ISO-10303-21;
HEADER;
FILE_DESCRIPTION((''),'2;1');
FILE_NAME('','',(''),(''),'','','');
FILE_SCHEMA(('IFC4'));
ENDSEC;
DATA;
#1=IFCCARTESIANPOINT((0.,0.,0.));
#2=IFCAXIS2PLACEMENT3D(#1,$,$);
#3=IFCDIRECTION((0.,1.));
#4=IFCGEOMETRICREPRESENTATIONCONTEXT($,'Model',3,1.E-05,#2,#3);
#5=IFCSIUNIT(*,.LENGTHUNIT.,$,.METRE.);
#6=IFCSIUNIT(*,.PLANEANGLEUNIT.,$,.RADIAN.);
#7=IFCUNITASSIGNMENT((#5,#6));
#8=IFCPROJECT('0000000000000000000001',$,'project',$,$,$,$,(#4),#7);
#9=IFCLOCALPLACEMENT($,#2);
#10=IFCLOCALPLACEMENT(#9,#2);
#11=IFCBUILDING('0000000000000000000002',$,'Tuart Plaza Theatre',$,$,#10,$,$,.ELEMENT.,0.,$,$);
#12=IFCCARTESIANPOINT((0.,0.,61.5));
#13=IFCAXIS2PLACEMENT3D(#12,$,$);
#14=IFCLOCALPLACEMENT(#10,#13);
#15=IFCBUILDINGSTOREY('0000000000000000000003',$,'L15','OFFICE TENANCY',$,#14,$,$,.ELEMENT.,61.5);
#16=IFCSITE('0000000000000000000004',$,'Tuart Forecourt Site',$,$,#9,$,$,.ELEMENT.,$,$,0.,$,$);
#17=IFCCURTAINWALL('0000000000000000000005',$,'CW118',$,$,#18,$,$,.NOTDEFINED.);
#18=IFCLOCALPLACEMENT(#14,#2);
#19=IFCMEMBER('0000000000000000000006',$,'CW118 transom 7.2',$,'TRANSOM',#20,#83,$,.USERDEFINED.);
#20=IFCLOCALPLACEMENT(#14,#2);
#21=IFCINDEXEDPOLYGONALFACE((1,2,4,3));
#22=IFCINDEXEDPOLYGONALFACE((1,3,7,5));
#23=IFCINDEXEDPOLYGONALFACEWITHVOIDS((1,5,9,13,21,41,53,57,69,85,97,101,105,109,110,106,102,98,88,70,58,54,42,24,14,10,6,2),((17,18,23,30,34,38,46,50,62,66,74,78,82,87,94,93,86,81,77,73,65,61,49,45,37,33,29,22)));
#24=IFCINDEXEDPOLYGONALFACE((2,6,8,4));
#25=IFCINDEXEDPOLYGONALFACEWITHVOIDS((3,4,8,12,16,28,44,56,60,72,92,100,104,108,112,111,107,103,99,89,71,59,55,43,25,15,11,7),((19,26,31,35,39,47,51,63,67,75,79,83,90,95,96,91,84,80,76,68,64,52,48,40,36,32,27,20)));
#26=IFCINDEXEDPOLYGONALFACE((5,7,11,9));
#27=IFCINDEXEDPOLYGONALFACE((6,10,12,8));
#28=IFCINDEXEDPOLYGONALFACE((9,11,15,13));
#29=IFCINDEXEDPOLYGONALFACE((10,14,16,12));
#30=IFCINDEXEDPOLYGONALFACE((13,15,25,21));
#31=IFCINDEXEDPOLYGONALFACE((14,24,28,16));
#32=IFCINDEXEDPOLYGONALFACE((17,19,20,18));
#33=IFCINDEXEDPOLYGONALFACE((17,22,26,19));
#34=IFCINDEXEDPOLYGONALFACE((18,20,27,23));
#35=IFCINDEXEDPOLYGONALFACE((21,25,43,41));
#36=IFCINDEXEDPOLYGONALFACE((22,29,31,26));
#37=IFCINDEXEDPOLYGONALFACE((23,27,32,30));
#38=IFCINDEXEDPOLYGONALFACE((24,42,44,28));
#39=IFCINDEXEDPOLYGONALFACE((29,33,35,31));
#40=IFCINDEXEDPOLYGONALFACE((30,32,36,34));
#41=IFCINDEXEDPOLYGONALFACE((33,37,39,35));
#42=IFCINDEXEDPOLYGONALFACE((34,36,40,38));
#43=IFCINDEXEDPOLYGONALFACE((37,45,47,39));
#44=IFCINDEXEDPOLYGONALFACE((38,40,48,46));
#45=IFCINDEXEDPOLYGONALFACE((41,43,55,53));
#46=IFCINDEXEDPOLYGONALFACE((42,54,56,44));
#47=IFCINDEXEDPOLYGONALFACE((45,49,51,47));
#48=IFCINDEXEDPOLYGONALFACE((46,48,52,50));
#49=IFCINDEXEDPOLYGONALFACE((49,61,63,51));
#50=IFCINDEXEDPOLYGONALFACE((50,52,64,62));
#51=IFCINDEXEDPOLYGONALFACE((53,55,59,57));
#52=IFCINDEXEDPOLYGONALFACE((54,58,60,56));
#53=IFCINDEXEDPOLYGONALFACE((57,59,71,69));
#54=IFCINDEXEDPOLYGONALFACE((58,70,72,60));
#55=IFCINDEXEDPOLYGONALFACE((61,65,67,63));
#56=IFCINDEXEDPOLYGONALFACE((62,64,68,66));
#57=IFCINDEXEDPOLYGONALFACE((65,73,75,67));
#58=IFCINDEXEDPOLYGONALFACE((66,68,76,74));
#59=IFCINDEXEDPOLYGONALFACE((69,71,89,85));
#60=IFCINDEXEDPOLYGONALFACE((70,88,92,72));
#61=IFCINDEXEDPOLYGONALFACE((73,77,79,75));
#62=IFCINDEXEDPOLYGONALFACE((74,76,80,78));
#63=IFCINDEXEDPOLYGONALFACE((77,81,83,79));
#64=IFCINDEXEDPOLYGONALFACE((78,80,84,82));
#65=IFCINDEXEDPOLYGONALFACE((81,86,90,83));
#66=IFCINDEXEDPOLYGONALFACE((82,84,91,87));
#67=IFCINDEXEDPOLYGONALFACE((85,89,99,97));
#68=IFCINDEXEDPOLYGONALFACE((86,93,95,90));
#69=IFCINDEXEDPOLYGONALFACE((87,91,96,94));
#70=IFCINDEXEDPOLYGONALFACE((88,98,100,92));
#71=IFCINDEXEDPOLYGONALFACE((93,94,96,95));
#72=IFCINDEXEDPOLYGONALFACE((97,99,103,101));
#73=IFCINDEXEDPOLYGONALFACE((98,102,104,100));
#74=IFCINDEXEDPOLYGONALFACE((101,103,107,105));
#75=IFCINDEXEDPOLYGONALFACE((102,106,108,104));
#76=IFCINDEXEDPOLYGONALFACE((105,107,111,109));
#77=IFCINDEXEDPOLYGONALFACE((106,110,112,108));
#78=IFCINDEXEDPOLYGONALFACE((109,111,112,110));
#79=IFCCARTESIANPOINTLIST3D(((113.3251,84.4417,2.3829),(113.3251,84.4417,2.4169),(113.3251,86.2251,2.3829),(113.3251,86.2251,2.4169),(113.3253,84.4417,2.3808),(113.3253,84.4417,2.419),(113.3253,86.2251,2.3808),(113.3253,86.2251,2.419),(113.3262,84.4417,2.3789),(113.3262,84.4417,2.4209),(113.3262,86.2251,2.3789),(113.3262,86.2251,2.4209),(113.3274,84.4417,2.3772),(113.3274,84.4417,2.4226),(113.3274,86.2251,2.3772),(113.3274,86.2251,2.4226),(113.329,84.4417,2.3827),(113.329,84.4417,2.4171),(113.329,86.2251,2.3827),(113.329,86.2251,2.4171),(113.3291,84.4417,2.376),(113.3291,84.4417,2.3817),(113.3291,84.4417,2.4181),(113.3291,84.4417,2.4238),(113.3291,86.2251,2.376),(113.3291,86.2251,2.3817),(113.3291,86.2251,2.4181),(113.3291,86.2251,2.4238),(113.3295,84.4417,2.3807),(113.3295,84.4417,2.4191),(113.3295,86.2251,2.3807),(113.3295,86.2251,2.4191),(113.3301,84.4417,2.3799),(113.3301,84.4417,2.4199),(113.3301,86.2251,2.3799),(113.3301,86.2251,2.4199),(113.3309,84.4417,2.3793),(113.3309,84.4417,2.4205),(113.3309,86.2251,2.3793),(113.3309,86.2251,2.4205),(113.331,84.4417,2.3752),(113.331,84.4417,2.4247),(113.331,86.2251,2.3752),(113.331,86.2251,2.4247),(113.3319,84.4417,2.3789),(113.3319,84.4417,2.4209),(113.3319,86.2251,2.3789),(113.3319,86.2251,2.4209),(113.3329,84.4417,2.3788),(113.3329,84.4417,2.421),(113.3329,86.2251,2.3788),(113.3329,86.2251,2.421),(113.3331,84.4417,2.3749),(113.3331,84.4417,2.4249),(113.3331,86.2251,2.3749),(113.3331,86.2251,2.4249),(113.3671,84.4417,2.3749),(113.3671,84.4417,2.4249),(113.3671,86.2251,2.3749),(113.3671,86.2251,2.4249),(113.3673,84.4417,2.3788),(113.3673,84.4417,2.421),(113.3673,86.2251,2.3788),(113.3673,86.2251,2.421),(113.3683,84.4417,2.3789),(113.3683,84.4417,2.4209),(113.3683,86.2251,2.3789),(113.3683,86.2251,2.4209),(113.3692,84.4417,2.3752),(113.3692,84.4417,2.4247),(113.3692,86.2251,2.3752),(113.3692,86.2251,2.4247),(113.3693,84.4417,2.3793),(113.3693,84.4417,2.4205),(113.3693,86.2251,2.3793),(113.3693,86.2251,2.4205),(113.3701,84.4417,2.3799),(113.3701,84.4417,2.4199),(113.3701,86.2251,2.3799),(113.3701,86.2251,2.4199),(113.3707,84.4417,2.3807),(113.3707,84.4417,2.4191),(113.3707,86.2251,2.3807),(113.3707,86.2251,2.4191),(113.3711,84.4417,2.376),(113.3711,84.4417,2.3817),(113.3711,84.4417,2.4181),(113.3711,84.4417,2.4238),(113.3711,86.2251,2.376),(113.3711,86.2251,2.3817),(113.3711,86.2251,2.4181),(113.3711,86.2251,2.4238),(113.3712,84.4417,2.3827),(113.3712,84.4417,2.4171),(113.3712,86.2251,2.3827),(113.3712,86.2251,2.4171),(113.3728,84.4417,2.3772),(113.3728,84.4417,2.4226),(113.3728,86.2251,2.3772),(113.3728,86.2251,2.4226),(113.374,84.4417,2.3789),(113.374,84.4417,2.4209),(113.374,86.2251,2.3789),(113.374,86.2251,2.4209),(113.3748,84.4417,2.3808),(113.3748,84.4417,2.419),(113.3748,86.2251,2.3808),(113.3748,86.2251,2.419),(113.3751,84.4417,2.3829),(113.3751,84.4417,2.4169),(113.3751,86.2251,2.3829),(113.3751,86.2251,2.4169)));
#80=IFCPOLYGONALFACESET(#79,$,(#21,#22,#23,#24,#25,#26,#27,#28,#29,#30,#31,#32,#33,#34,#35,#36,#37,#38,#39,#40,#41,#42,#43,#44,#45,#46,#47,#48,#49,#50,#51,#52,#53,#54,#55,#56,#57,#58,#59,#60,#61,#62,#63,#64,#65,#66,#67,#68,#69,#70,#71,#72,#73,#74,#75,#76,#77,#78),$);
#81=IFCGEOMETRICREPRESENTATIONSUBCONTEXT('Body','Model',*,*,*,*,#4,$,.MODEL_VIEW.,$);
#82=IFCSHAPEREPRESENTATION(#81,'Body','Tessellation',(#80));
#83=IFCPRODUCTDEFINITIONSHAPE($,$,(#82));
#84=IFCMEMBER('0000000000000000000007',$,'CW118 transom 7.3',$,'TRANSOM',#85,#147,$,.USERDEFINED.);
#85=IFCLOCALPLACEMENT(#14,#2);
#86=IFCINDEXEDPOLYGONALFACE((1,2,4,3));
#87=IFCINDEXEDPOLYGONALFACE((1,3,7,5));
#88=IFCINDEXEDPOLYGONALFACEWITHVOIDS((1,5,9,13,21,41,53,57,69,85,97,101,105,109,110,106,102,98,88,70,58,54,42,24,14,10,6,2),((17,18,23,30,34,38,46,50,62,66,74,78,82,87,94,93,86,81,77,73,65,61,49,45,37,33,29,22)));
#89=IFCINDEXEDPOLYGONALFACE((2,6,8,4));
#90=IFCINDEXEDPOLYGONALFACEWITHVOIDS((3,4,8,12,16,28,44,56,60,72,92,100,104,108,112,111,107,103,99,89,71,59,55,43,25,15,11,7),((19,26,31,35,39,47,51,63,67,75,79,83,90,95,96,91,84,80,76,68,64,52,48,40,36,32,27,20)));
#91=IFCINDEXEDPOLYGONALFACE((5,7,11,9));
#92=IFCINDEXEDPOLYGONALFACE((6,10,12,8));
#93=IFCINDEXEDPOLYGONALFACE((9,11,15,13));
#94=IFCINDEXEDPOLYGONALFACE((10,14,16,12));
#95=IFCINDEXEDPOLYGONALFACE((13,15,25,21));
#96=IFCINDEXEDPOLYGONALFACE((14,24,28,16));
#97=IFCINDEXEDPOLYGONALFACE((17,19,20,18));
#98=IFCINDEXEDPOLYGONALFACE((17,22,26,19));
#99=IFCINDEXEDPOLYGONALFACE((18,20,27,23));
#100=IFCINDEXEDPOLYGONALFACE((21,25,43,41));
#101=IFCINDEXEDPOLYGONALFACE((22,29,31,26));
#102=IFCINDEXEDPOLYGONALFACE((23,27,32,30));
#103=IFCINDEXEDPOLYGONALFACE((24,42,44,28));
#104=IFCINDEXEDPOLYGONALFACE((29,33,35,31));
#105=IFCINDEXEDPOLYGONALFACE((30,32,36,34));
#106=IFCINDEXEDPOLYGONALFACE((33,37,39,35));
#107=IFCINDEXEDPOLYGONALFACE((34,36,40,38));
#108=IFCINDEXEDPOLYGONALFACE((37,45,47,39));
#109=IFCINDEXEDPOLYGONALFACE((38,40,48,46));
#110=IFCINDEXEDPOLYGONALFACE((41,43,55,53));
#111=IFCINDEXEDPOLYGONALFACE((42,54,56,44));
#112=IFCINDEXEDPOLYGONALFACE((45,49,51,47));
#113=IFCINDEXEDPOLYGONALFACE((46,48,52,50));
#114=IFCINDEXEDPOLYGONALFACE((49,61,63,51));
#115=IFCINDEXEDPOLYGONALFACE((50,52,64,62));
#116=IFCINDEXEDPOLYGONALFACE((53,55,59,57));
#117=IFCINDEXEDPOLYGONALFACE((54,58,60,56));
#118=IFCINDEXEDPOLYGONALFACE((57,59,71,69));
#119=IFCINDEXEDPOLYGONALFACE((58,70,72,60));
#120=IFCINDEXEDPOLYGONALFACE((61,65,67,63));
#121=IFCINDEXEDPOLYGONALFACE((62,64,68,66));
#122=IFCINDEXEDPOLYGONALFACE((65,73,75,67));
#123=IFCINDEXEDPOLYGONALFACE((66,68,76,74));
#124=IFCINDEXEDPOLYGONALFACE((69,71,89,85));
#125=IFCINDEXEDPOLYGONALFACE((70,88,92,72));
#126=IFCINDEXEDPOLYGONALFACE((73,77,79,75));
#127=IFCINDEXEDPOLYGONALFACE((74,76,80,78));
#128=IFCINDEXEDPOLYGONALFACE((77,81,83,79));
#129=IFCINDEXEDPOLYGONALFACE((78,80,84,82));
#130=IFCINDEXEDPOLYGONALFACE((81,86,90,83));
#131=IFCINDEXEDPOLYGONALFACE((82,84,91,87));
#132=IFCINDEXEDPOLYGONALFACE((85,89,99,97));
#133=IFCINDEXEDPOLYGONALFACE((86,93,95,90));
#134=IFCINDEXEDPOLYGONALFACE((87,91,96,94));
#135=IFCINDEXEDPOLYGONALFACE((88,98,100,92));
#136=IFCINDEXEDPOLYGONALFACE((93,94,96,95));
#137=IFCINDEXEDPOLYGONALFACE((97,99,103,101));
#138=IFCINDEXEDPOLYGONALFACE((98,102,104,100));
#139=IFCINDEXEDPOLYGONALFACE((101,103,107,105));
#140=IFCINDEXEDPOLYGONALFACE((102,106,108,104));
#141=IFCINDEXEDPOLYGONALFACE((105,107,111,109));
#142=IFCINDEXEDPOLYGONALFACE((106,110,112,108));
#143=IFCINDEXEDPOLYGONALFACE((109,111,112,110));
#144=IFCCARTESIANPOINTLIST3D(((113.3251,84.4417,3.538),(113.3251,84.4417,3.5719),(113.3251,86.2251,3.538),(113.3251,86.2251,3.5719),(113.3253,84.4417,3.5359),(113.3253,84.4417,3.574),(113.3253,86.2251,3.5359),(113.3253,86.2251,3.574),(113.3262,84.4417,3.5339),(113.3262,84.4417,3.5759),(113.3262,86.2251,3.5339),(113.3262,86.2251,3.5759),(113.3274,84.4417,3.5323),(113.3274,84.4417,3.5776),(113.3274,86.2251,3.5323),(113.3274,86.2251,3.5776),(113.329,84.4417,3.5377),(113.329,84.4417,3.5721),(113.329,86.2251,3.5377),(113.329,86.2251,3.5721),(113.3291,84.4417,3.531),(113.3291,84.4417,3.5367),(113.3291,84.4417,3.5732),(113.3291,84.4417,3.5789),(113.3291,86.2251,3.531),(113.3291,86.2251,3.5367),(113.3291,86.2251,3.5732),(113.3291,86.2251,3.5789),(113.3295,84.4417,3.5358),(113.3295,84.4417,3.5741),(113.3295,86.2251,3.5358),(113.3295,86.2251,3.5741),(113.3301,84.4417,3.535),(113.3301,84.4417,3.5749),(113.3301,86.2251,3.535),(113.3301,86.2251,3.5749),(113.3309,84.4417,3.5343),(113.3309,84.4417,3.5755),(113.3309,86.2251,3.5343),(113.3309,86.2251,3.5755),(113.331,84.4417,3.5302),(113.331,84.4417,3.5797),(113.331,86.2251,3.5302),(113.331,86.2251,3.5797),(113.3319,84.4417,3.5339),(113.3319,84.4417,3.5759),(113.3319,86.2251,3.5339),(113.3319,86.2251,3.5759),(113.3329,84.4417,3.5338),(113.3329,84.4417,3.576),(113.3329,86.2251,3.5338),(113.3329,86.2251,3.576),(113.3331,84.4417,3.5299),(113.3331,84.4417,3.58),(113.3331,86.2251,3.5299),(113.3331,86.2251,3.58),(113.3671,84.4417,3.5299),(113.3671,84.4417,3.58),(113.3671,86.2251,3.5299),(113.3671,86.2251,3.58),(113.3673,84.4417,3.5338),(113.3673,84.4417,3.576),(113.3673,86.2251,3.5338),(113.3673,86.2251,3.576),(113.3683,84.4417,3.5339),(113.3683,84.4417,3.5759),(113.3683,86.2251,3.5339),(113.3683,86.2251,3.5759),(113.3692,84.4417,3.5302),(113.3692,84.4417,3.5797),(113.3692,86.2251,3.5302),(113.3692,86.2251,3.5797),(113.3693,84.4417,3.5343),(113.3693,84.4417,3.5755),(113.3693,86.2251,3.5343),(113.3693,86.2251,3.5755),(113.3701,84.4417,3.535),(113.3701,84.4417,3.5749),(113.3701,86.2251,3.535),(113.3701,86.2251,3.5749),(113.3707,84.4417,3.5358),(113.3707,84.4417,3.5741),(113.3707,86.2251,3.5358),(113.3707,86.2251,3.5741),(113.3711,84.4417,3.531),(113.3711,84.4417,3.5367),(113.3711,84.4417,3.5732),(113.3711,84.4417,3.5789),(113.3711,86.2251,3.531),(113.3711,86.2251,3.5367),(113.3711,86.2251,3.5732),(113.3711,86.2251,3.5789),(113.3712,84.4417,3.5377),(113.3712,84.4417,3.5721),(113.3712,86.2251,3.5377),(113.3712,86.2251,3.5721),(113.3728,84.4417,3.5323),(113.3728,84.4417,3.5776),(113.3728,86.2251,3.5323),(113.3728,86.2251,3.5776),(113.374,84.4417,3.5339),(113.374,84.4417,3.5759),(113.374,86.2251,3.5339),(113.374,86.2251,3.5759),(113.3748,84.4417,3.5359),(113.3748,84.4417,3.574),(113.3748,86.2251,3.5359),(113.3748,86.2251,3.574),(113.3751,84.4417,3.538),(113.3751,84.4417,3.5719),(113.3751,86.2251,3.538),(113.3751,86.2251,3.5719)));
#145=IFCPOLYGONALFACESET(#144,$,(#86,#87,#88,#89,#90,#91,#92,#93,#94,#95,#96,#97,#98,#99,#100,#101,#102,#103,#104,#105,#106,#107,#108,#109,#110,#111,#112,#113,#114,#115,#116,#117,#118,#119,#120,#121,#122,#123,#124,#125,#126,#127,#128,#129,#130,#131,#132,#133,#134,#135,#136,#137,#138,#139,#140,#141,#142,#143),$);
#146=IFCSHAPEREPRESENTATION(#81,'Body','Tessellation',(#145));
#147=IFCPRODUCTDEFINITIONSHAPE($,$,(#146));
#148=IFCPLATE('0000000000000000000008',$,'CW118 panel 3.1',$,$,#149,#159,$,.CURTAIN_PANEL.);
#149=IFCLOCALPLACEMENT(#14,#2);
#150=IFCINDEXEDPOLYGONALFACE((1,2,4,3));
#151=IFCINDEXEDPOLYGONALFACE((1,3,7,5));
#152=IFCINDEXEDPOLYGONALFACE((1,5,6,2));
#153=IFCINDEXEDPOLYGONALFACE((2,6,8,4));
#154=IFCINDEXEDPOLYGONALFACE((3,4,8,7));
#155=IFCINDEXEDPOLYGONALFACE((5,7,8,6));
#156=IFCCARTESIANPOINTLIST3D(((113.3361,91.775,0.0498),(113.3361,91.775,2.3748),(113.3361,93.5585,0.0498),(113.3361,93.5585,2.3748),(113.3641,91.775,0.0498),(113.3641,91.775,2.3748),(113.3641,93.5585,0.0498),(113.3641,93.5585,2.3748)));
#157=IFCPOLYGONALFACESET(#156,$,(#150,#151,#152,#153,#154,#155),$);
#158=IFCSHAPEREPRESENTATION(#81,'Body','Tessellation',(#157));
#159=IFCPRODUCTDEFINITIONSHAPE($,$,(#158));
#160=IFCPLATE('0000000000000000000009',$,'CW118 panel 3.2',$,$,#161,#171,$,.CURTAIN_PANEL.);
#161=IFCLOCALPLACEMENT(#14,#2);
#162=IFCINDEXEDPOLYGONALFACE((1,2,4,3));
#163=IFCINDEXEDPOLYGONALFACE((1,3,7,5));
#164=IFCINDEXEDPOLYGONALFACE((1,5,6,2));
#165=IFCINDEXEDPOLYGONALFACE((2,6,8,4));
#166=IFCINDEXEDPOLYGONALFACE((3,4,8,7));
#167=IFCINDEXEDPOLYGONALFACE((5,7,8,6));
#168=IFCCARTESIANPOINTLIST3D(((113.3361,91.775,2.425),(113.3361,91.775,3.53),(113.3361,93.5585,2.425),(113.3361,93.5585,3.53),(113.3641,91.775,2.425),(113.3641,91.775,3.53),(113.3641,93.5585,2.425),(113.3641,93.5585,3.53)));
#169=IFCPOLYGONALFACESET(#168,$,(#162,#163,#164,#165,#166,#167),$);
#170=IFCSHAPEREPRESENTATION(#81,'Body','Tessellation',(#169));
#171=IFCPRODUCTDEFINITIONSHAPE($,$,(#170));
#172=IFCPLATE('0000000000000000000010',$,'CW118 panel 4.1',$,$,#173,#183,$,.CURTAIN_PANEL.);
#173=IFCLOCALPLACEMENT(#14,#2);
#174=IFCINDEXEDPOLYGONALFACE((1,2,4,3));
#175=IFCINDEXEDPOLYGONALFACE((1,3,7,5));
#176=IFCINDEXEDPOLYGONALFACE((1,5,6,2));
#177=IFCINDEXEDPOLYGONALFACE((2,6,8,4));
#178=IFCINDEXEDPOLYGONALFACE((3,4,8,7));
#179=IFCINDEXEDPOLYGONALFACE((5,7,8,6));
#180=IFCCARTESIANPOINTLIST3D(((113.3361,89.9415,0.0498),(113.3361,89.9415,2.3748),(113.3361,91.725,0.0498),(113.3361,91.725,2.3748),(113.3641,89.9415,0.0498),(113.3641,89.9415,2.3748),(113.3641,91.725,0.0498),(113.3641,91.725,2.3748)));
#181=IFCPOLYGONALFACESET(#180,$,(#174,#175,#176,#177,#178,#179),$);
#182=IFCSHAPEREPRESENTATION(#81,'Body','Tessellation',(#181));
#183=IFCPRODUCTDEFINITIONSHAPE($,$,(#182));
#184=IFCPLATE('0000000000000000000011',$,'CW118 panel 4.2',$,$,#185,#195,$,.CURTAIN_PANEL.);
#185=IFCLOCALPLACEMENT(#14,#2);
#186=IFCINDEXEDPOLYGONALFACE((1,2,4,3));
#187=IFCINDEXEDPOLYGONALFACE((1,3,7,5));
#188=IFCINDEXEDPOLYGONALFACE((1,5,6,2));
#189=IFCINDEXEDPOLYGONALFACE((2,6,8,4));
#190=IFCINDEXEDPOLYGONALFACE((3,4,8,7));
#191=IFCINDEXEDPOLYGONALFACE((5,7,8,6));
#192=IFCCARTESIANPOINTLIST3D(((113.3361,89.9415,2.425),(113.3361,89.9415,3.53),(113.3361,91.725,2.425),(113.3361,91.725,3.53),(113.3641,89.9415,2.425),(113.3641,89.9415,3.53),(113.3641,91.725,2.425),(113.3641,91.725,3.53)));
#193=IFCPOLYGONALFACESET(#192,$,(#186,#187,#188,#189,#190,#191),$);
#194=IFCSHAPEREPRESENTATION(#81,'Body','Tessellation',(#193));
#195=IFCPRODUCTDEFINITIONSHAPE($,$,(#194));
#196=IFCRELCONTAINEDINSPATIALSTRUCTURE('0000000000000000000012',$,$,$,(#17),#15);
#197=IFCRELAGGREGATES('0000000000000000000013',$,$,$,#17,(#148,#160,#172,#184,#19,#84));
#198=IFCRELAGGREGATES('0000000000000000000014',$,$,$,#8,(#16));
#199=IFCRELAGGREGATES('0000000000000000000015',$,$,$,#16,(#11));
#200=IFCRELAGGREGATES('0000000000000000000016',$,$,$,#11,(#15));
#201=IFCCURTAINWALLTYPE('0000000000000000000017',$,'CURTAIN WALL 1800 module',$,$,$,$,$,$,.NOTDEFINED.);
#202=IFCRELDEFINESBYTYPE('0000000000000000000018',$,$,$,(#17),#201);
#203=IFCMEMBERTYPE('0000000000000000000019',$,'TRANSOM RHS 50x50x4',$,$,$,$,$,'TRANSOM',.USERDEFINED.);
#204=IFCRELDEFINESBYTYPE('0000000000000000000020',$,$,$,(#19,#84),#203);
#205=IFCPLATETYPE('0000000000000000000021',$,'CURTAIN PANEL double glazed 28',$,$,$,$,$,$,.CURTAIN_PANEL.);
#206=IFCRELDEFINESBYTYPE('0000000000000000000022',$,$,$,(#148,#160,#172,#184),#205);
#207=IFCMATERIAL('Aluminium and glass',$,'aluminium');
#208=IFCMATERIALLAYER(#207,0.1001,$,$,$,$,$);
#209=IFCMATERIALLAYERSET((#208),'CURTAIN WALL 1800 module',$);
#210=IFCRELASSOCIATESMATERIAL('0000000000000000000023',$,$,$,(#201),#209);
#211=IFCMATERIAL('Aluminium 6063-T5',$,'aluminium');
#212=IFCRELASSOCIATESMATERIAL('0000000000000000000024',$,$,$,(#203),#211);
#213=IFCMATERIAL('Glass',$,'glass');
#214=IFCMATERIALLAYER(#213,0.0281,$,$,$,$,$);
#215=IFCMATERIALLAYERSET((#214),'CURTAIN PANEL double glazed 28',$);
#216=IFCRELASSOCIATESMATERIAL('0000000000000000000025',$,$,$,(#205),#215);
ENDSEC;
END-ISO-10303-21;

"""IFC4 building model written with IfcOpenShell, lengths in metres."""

from ifc_helpers import new_model, si_unit, direction, frame, origin, origin_2d, place, context, subcontext, project, spatial, rectangle, hollow_rectangle, extrude, material, layer, layer_set, material_profile, profile_set, type_object, element, aggregate, save


model = new_model("IFC4")

# Units and contexts
model_context = context("Model", 3, precision=1e-05, world=origin(), true_north=direction((0.0, 1.0)))
body_context = subcontext(model_context, "Body", "Model", "MODEL_VIEW")
ifc_project = project(units=[si_unit("LENGTHUNIT", "METRE"), si_unit("PLANEANGLEUNIT", "RADIAN")], contexts=[model_context])

# Site, building, storey
site_placement = place(None, origin())
site = spatial("IfcSite", under=ifc_project, at=site_placement, Name="Tuart Forecourt Site", CompositionType="ELEMENT", RefElevation=0.0)
building_placement = place(site_placement, origin())
building = spatial("IfcBuilding", under=site, at=building_placement, Name="Tuart Plaza Theatre", CompositionType="ELEMENT", ElevationOfRefHeight=0.0)
storey_placement = place(building_placement, frame((0.0, 0.0, 61.5)))
storey = spatial("IfcBuildingStorey", under=building, at=storey_placement, Name="L15", Description="OFFICE TENANCY", CompositionType="ELEMENT", Elevation=61.5)

# Curtain wall, members, plates
ifc_material_1 = material(Name="Aluminium and glass", Category="aluminium")
ifc_layer_1 = layer(ifc_material_1, 0.1001)
ifc_layer_set_1 = layer_set([ifc_layer_1], Name="CURTAIN WALL 1800 module")
curtain_wall_type = type_object("IfcCurtainWallType", Name="CURTAIN WALL 1800 module", PredefinedType="NOTDEFINED", material=ifc_layer_set_1)
curtain_wall_placement = place(storey_placement, origin())
curtain_wall = element("IfcCurtainWall", 1, at=curtain_wall_placement, inside=storey, type_object=curtain_wall_type, Name="CW118", PredefinedType="NOTDEFINED")
ifc_material_2 = material(Name="Aluminium 6063-T5", Category="aluminium")
ifc_material_profile = material_profile(ifc_material_2, hollow_rectangle(XDim=0.05, YDim=0.05, WallThickness=0.0039, InnerFilletRadius=0.0039, OuterFilletRadius=0.0081, at=origin_2d()), Name="RHS 50x50x4")
ifc_profile_set = profile_set([ifc_material_profile], Name="Aluminium 6063-T5")
member_type = type_object("IfcMemberType", Name="TRANSOM RHS 50x50x4", ElementType="TRANSOM", PredefinedType="USERDEFINED", material=ifc_profile_set)
member_1_placement = place(storey_placement, frame((113.3501, 86.2251, 2.3999), z_axis=(0.0, -1.0, 0.0), x_axis=(1.0, 0.0, 0.0)))
member_1 = element("IfcMember", 2, at=member_1_placement, type_object=member_type, Name="CW118 transom 7.2", ObjectType="TRANSOM", PredefinedType="USERDEFINED", context=body_context, shape_type="SweptSolid", body=[
    extrude(hollow_rectangle(XDim=0.05, YDim=0.05, WallThickness=0.0039, InnerFilletRadius=0.0039, OuterFilletRadius=0.0081, at=origin_2d()), origin(), (0.0, 0.0, 1.0), 1.7834),
])
member_2_placement = place(storey_placement, frame((113.3501, 86.2251, 3.5549), z_axis=(0.0, -1.0, 0.0), x_axis=(1.0, 0.0, 0.0)))
member_2 = element("IfcMember", 3, at=member_2_placement, type_object=member_type, Name="CW118 transom 7.3", ObjectType="TRANSOM", PredefinedType="USERDEFINED", context=body_context, shape_type="SweptSolid", body=[
    extrude(hollow_rectangle(XDim=0.05, YDim=0.05, WallThickness=0.0039, InnerFilletRadius=0.0039, OuterFilletRadius=0.0081, at=origin_2d()), origin(), (0.0, 0.0, 1.0), 1.7834),
])
ifc_material_3 = material(Name="Glass", Category="glass")
ifc_layer_2 = layer(ifc_material_3, 0.0281)
ifc_layer_set_2 = layer_set([ifc_layer_2], Name="CURTAIN PANEL double glazed 28")
plate_type = type_object("IfcPlateType", Name="CURTAIN PANEL double glazed 28", PredefinedType="CURTAIN_PANEL", material=ifc_layer_set_2)
plate_1_placement = place(storey_placement, frame((113.3501, 92.6667, 0.0498), z_axis=(0.0, 0.0, 1.0), x_axis=(0.0, -1.0, 0.0)))
plate_1 = element("IfcPlate", 4, at=plate_1_placement, type_object=plate_type, Name="CW118 panel 3.1", PredefinedType="CURTAIN_PANEL", context=body_context, shape_type="SweptSolid", body=[
    extrude(rectangle(XDim=1.7834, YDim=0.0281, at=origin_2d()), origin(), (0.0, 0.0, 1.0), 2.325),
])
plate_2_placement = place(storey_placement, frame((113.3501, 92.6667, 2.425), z_axis=(0.0, 0.0, 1.0), x_axis=(0.0, -1.0, 0.0)))
plate_2 = element("IfcPlate", 5, at=plate_2_placement, type_object=plate_type, Name="CW118 panel 3.2", PredefinedType="CURTAIN_PANEL", context=body_context, shape_type="SweptSolid", body=[
    extrude(rectangle(XDim=1.7834, YDim=0.0281, at=origin_2d()), origin(), (0.0, 0.0, 1.0), 1.105),
])
plate_3_placement = place(storey_placement, frame((113.3501, 90.8333, 0.0498), z_axis=(0.0, 0.0, 1.0), x_axis=(0.0, -1.0, 0.0)))
plate_3 = element("IfcPlate", 6, at=plate_3_placement, type_object=plate_type, Name="CW118 panel 4.1", PredefinedType="CURTAIN_PANEL", context=body_context, shape_type="SweptSolid", body=[
    extrude(rectangle(XDim=1.7834, YDim=0.0281, at=origin_2d()), origin(), (0.0, 0.0, 1.0), 2.325),
])
plate_4_placement = place(storey_placement, frame((113.3501, 90.8333, 2.425), z_axis=(0.0, 0.0, 1.0), x_axis=(0.0, -1.0, 0.0)))
plate_4 = element("IfcPlate", 7, at=plate_4_placement, type_object=plate_type, Name="CW118 panel 4.2", PredefinedType="CURTAIN_PANEL", context=body_context, shape_type="SweptSolid", body=[
    extrude(rectangle(XDim=1.7834, YDim=0.0281, at=origin_2d()), origin(), (0.0, 0.0, 1.0), 1.105),
])
aggregate(curtain_wall, [plate_1, plate_2, plate_3, plate_4, member_1, member_2])

save(model, "model.ifc")
